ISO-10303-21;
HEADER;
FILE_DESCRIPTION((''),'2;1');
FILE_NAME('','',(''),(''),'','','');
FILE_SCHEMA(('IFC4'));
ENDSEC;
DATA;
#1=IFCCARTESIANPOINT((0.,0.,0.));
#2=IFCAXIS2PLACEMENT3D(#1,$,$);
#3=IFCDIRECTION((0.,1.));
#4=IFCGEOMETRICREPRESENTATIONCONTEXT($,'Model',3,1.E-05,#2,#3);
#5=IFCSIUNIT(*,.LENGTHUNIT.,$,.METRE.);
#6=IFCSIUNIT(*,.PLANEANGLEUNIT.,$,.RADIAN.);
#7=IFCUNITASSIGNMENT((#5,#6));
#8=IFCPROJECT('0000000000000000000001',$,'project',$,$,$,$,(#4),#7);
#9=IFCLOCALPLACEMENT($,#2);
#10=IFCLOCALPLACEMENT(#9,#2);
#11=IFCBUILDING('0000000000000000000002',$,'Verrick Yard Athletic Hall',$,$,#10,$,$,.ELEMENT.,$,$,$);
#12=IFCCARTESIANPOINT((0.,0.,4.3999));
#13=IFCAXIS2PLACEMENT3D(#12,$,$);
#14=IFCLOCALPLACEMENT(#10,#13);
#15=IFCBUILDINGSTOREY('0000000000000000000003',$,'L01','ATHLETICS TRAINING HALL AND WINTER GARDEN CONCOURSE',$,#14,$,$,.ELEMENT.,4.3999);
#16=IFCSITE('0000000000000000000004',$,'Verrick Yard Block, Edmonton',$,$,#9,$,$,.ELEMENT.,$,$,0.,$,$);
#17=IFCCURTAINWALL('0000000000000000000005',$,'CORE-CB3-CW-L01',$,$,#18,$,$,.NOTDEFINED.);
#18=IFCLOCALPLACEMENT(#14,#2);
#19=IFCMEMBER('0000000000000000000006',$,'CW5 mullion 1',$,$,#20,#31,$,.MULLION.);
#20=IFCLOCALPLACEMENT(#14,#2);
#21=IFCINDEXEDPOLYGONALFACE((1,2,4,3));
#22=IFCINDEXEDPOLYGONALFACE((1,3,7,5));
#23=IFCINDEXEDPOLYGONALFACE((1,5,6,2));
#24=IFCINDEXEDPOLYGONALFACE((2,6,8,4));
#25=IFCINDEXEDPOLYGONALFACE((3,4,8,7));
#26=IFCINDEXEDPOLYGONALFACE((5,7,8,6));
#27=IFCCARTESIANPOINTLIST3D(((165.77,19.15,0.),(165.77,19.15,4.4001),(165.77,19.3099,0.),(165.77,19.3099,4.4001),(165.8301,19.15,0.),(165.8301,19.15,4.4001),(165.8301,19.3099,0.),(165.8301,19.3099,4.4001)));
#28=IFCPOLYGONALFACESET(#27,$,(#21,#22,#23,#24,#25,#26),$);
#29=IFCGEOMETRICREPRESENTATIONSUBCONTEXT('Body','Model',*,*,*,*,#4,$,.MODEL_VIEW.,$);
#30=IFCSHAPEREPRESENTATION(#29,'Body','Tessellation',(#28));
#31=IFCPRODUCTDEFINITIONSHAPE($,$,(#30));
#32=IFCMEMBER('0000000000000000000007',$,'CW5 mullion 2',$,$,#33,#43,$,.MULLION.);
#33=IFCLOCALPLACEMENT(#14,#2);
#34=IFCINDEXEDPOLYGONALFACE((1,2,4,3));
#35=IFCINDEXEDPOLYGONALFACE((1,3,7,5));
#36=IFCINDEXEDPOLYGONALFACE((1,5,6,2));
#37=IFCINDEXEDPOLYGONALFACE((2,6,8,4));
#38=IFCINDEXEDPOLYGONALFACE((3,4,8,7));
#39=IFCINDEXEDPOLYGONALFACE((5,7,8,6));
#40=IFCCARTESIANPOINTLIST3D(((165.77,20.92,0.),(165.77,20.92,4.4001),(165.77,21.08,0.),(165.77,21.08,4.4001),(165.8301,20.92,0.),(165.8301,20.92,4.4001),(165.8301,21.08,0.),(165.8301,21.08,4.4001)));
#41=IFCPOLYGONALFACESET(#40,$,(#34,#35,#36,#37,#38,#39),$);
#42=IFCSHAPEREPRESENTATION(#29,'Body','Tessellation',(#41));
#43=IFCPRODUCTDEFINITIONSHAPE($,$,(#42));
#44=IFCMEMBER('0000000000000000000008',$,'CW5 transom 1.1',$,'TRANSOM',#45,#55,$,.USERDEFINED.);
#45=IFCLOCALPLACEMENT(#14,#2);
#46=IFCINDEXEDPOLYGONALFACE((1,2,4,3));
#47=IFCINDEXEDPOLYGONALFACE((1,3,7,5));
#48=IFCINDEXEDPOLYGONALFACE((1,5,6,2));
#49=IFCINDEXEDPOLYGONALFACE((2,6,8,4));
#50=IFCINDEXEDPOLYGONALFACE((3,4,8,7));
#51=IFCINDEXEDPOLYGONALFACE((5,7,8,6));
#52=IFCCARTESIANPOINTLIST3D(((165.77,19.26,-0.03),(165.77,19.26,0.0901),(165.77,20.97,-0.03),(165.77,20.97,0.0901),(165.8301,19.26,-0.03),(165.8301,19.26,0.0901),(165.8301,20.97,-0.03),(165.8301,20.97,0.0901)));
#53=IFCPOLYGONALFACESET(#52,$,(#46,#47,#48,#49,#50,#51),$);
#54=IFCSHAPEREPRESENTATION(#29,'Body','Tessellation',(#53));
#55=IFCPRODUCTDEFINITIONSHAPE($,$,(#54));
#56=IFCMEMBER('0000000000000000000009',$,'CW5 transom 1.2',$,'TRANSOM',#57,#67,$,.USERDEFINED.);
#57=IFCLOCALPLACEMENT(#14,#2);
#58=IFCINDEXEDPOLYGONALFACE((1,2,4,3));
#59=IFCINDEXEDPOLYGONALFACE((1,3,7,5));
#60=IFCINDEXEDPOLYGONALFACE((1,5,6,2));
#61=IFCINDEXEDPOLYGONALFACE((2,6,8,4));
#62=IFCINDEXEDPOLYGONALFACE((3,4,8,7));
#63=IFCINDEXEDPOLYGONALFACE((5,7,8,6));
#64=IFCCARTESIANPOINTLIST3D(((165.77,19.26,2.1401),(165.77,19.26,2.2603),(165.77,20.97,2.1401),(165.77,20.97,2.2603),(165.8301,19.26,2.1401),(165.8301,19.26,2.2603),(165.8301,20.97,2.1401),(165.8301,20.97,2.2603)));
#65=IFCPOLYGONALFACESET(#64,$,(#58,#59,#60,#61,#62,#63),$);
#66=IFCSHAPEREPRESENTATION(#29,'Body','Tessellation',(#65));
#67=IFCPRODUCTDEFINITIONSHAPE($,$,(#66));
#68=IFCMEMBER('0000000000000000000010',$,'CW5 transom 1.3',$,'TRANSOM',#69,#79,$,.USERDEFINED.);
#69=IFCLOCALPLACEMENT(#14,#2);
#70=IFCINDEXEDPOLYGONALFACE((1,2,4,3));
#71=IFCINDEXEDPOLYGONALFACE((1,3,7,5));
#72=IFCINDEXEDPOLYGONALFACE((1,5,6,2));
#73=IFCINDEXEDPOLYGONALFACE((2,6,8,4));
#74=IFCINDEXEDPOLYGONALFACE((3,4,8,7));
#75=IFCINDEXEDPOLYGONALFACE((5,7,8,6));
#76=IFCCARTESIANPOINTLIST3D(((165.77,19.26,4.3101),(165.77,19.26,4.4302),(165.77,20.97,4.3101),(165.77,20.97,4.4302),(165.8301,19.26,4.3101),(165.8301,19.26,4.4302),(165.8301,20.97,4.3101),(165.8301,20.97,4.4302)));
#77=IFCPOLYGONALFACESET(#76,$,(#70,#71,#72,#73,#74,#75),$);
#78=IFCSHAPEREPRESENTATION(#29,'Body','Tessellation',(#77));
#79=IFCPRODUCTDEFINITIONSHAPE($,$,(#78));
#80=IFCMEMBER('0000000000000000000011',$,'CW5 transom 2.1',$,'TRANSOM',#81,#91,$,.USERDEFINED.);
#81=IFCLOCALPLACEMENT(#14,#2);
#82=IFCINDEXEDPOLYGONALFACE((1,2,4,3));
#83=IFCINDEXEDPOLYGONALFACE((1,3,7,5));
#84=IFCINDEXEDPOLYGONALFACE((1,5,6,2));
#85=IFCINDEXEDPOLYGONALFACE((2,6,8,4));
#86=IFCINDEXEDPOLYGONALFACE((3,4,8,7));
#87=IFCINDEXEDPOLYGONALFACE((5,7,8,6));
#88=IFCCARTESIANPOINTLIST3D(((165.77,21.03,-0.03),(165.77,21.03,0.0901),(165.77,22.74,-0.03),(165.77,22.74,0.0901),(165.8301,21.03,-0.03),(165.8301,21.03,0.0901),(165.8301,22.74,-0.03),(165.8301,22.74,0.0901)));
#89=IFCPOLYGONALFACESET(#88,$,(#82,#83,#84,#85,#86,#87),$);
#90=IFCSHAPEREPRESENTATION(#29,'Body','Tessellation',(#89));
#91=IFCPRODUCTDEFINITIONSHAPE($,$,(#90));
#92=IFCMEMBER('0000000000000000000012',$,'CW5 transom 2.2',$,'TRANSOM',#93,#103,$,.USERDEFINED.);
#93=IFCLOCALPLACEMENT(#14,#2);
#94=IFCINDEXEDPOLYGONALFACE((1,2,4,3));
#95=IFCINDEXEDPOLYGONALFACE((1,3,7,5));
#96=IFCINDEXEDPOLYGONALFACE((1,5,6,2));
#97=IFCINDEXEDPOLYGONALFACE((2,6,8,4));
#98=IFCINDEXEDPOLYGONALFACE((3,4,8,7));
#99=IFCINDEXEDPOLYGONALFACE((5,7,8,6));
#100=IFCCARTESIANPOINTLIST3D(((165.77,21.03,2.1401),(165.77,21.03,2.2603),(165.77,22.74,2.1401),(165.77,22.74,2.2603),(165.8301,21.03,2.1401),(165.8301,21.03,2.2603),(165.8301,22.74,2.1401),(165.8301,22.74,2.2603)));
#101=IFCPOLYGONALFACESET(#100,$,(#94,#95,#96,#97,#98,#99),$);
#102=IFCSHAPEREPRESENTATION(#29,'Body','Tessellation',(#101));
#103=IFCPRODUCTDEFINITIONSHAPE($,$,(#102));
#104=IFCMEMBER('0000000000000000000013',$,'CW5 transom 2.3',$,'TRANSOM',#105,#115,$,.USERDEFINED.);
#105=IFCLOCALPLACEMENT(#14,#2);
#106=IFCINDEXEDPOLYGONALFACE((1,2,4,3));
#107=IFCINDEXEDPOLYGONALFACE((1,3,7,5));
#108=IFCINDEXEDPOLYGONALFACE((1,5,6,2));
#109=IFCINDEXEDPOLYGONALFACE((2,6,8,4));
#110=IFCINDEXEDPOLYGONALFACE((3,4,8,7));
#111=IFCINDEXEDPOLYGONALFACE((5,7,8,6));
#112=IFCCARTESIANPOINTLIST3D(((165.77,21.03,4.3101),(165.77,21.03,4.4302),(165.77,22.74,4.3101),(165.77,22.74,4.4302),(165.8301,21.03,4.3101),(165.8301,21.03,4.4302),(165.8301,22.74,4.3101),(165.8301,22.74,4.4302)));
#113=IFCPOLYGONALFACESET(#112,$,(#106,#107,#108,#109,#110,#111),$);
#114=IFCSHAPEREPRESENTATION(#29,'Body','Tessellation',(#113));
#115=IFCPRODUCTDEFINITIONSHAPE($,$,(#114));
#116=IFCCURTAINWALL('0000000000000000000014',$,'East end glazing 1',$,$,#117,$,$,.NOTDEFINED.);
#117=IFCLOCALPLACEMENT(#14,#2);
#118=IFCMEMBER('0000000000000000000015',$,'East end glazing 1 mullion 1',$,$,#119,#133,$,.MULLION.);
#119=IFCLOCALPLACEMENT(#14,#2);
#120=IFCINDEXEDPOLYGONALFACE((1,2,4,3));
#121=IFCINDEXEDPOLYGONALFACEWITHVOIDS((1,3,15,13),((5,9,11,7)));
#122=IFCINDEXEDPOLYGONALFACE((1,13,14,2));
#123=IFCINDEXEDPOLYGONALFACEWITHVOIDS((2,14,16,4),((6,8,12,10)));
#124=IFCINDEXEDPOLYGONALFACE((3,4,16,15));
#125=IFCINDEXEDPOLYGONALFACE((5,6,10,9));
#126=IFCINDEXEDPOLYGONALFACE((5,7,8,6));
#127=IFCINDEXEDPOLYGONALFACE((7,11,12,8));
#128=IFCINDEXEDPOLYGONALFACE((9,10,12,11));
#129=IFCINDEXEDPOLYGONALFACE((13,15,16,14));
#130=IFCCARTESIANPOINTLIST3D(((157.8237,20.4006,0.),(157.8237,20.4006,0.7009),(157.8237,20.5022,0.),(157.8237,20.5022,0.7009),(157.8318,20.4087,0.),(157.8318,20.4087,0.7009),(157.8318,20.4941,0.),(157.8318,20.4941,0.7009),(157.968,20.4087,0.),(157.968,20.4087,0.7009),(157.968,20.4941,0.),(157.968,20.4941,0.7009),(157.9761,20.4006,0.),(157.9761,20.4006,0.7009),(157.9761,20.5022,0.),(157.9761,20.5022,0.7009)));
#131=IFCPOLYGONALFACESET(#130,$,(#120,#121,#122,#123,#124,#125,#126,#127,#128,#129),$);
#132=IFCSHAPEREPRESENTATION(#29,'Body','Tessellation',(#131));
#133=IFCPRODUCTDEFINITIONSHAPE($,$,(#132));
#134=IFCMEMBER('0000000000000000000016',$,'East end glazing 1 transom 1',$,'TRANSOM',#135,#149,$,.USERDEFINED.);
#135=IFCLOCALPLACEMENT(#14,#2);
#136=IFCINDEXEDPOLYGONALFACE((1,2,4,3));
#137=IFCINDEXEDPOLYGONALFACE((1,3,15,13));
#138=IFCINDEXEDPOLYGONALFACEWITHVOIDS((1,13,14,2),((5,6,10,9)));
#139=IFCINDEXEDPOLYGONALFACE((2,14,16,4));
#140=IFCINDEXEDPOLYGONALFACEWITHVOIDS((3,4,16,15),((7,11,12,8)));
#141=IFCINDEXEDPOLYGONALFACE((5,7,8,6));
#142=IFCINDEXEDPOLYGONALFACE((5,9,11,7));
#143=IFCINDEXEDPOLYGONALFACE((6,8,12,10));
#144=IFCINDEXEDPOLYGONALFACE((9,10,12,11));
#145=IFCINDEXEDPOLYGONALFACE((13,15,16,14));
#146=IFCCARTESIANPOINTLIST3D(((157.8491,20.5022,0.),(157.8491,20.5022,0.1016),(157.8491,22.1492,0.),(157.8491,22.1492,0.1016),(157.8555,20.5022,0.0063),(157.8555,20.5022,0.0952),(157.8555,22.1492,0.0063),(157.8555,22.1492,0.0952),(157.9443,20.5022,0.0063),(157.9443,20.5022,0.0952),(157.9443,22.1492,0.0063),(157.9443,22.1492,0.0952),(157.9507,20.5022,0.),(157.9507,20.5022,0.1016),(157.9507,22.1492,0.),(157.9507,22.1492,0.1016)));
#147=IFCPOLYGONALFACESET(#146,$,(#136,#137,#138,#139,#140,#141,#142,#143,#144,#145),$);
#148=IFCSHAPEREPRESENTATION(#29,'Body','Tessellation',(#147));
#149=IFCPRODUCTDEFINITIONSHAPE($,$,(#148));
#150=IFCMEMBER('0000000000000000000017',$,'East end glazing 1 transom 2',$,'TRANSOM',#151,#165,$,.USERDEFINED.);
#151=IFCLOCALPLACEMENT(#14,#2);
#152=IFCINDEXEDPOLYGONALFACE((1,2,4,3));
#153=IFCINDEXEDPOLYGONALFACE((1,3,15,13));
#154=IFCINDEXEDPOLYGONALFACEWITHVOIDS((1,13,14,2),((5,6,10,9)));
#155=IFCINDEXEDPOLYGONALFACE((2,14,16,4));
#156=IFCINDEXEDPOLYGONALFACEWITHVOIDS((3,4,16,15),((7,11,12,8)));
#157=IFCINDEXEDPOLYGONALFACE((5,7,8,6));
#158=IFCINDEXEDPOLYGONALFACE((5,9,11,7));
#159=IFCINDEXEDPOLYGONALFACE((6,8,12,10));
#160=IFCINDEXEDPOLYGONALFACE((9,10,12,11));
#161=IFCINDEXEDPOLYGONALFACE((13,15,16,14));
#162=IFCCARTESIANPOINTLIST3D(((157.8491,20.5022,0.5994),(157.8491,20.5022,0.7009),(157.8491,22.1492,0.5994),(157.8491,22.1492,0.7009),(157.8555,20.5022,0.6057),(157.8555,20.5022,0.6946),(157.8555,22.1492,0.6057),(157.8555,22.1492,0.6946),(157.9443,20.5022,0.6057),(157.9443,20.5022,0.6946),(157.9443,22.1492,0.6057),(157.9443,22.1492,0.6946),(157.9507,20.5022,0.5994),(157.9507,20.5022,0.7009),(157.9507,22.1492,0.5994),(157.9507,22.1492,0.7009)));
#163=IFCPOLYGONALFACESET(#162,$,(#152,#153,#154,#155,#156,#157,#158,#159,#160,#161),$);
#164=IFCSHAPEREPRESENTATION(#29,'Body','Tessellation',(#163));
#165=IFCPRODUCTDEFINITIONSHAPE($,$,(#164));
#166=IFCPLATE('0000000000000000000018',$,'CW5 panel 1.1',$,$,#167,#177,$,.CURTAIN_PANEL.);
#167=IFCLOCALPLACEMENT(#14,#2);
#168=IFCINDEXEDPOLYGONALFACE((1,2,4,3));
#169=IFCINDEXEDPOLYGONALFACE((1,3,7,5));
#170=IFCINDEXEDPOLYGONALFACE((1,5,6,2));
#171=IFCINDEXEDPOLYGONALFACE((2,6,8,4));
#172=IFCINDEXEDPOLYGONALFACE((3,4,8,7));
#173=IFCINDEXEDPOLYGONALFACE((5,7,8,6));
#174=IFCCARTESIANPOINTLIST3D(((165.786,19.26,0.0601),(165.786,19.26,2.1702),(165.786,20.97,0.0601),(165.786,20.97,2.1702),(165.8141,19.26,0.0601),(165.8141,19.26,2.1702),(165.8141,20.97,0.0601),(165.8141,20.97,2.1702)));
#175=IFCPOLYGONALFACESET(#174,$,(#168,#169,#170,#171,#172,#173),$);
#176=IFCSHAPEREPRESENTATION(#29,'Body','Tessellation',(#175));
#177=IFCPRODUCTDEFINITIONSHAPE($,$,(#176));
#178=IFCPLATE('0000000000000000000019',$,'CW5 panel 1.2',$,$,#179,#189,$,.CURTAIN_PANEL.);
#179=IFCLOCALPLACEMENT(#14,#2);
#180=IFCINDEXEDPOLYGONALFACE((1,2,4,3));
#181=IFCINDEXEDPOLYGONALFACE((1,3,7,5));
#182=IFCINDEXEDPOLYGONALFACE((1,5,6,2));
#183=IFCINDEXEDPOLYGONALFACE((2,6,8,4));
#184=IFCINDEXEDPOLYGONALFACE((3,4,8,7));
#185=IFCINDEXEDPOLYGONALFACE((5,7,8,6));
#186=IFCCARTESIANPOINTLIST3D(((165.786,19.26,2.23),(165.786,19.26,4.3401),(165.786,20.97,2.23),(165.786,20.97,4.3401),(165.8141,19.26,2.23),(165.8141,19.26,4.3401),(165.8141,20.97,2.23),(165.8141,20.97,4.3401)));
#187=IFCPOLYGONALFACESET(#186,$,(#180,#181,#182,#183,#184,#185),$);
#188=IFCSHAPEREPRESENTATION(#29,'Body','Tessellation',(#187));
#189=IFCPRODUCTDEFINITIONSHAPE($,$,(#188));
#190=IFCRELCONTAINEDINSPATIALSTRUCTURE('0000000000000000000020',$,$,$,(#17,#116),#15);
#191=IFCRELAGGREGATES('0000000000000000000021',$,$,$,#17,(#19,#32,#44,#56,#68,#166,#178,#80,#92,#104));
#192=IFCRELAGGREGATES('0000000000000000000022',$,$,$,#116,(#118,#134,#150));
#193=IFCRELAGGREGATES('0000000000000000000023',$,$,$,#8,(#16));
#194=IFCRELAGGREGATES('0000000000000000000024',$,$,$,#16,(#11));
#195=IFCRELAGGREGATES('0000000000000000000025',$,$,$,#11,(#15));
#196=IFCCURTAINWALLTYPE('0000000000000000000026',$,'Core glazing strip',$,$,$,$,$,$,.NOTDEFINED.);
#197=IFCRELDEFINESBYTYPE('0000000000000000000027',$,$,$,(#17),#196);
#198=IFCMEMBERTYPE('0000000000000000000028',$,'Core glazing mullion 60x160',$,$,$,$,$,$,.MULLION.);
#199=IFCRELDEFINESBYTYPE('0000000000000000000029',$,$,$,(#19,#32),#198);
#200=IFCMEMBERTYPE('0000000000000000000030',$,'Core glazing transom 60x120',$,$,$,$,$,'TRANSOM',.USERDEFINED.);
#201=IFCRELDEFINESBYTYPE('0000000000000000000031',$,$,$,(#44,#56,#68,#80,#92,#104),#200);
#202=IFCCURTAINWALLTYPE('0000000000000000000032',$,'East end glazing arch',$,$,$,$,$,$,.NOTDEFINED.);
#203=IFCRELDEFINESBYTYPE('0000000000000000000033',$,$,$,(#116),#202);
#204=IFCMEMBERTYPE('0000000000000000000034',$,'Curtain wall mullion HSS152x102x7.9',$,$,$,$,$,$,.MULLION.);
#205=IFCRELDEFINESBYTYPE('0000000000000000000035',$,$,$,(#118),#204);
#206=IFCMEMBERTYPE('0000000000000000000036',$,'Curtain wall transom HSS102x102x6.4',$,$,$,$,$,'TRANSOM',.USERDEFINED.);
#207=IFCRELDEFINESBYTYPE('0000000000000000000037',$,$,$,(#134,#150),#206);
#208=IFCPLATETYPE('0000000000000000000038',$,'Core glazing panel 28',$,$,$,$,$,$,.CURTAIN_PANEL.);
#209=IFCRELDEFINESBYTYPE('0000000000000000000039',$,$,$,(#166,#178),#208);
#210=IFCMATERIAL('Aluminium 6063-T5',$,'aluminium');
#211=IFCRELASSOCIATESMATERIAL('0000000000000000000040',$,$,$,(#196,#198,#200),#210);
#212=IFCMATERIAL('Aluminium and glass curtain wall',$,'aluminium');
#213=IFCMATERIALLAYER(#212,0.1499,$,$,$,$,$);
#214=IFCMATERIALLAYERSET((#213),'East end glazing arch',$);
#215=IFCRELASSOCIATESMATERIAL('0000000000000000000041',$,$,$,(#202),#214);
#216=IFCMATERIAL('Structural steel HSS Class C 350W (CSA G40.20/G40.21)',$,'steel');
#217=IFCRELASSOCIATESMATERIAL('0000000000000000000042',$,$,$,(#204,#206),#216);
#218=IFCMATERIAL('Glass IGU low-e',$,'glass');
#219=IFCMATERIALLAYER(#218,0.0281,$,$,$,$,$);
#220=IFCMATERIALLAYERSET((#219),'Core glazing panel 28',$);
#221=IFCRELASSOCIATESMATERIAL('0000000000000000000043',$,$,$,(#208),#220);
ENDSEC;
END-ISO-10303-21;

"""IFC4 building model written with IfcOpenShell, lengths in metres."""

from ifc_helpers import new_model, si_unit, direction, frame, origin, origin_2d, place, context, subcontext, project, spatial, rectangle, hollow_rectangle, extrude, material, layer, layer_set, material_profile, profile_set, type_object, element, aggregate, save


model = new_model("IFC4")

# Units and contexts
model_context = context("Model", 3, precision=1e-05, world=origin(), true_north=direction((0.0, 1.0)))
body_context = subcontext(model_context, "Body", "Model", "MODEL_VIEW")
ifc_project = project(units=[si_unit("LENGTHUNIT", "METRE"), si_unit("PLANEANGLEUNIT", "RADIAN")], contexts=[model_context])

# Site, building, storey
site_placement = place(None, origin())
site = spatial("IfcSite", under=ifc_project, at=site_placement, Name="Verrick Yard Block, Edmonton", CompositionType="ELEMENT", RefElevation=0.0)
building_placement = place(site_placement, origin())
building = spatial("IfcBuilding", under=site, at=building_placement, Name="Verrick Yard Athletic Hall", CompositionType="ELEMENT")
storey_placement = place(building_placement, frame((0.0, 0.0, 4.3999)))
storey = spatial("IfcBuildingStorey", under=building, at=storey_placement, Name="L01", Description="ATHLETICS TRAINING HALL AND WINTER GARDEN CONCOURSE", CompositionType="ELEMENT", Elevation=4.3999)

# Curtain walls, members
ifc_material_1 = material(Name="Aluminium 6063-T5", Category="aluminium")
curtain_wall_type_1 = type_object("IfcCurtainWallType", Name="Core glazing strip", PredefinedType="NOTDEFINED", material=ifc_material_1)
curtain_wall_1_placement = place(storey_placement, origin())
curtain_wall_1 = element("IfcCurtainWall", 1, at=curtain_wall_1_placement, inside=storey, type_object=curtain_wall_type_1, Name="CORE-CB3-CW-L01", PredefinedType="NOTDEFINED")
ifc_material_profile_1 = material_profile(ifc_material_1, rectangle(XDim=0.0601, YDim=0.1599, at=origin_2d()), Name="Core glazing mullion 60x160")
ifc_profile_set_1 = profile_set([ifc_material_profile_1], Name="Aluminium 6063-T5")
member_type_1 = type_object("IfcMemberType", Name="Core glazing mullion 60x160", PredefinedType="MULLION", material=ifc_profile_set_1)
member_1_placement = place(storey_placement, frame((165.8, 19.23, 0.0), z_axis=(0.0, 0.0, 1.0), x_axis=(-1.0, 0.0, 0.0)))
member_1 = element("IfcMember", 2, at=member_1_placement, type_object=member_type_1, Name="CW5 mullion 1", PredefinedType="MULLION", context=body_context, shape_type="SweptSolid", body=[
    extrude(rectangle(XDim=0.0601, YDim=0.1599, at=origin_2d()), origin(), (0.0, 0.0, 1.0), 4.4001),
])
member_2_placement = place(storey_placement, frame((165.8, 21.0, 0.0), z_axis=(0.0, 0.0, 1.0), x_axis=(-1.0, 0.0, 0.0)))
member_2 = element("IfcMember", 3, at=member_2_placement, type_object=member_type_1, Name="CW5 mullion 2", PredefinedType="MULLION", context=body_context, shape_type="SweptSolid", body=[
    extrude(rectangle(XDim=0.0601, YDim=0.1599, at=origin_2d()), origin(), (0.0, 0.0, 1.0), 4.4001),
])
ifc_material_profile_2 = material_profile(ifc_material_1, rectangle(XDim=0.0601, YDim=0.1201, at=origin_2d()), Name="Core glazing transom 60x120")
ifc_profile_set_2 = profile_set([ifc_material_profile_2], Name="Aluminium 6063-T5")
member_type_2 = type_object("IfcMemberType", Name="Core glazing transom 60x120", ElementType="TRANSOM", PredefinedType="USERDEFINED", material=ifc_profile_set_2)
member_3_placement = place(storey_placement, frame((165.8, 19.26, 0.03), z_axis=(0.0, 1.0, 0.0), x_axis=(-1.0, 0.0, 0.0)))
member_3 = element("IfcMember", 4, at=member_3_placement, type_object=member_type_2, Name="CW5 transom 1.1", ObjectType="TRANSOM", PredefinedType="USERDEFINED", context=body_context, shape_type="SweptSolid", body=[
    extrude(rectangle(XDim=0.0601, YDim=0.1201, at=origin_2d()), origin(), (0.0, 0.0, 1.0), 1.71),
])
member_4_placement = place(storey_placement, frame((165.8, 19.26, 2.2002), z_axis=(0.0, 1.0, 0.0), x_axis=(-1.0, 0.0, 0.0)))
member_4 = element("IfcMember", 5, at=member_4_placement, type_object=member_type_2, Name="CW5 transom 1.2", ObjectType="TRANSOM", PredefinedType="USERDEFINED", context=body_context, shape_type="SweptSolid", body=[
    extrude(rectangle(XDim=0.0601, YDim=0.1201, at=origin_2d()), origin(), (0.0, 0.0, 1.0), 1.71),
])
member_5_placement = place(storey_placement, frame((165.8, 19.26, 4.3701), z_axis=(0.0, 1.0, 0.0), x_axis=(-1.0, 0.0, 0.0)))
member_5 = element("IfcMember", 6, at=member_5_placement, type_object=member_type_2, Name="CW5 transom 1.3", ObjectType="TRANSOM", PredefinedType="USERDEFINED", context=body_context, shape_type="SweptSolid", body=[
    extrude(rectangle(XDim=0.0601, YDim=0.1201, at=origin_2d()), origin(), (0.0, 0.0, 1.0), 1.71),
])
member_6_placement = place(storey_placement, frame((165.8, 21.03, 0.03), z_axis=(0.0, 1.0, 0.0), x_axis=(-1.0, 0.0, 0.0)))
member_6 = element("IfcMember", 7, at=member_6_placement, type_object=member_type_2, Name="CW5 transom 2.1", ObjectType="TRANSOM", PredefinedType="USERDEFINED", context=body_context, shape_type="SweptSolid", body=[
    extrude(rectangle(XDim=0.0601, YDim=0.1201, at=origin_2d()), origin(), (0.0, 0.0, 1.0), 1.71),
])
member_7_placement = place(storey_placement, frame((165.8, 21.03, 2.2002), z_axis=(0.0, 1.0, 0.0), x_axis=(-1.0, 0.0, 0.0)))
member_7 = element("IfcMember", 8, at=member_7_placement, type_object=member_type_2, Name="CW5 transom 2.2", ObjectType="TRANSOM", PredefinedType="USERDEFINED", context=body_context, shape_type="SweptSolid", body=[
    extrude(rectangle(XDim=0.0601, YDim=0.1201, at=origin_2d()), origin(), (0.0, 0.0, 1.0), 1.71),
])
member_8_placement = place(storey_placement, frame((165.8, 21.03, 4.3701), z_axis=(0.0, 1.0, 0.0), x_axis=(-1.0, 0.0, 0.0)))
member_8 = element("IfcMember", 9, at=member_8_placement, type_object=member_type_2, Name="CW5 transom 2.3", ObjectType="TRANSOM", PredefinedType="USERDEFINED", context=body_context, shape_type="SweptSolid", body=[
    extrude(rectangle(XDim=0.0601, YDim=0.1201, at=origin_2d()), origin(), (0.0, 0.0, 1.0), 1.71),
])
ifc_material_2 = material(Name="Aluminium and glass curtain wall", Category="aluminium")
ifc_layer_1 = layer(ifc_material_2, 0.1499)
ifc_layer_set_1 = layer_set([ifc_layer_1], Name="East end glazing arch")
curtain_wall_type_2 = type_object("IfcCurtainWallType", Name="East end glazing arch", PredefinedType="NOTDEFINED", material=ifc_layer_set_1)
curtain_wall_2_placement = place(storey_placement, origin())
curtain_wall_2 = element("IfcCurtainWall", 10, at=curtain_wall_2_placement, inside=storey, type_object=curtain_wall_type_2, Name="East end glazing 1", PredefinedType="NOTDEFINED")
ifc_material_3 = material(Name="Structural steel HSS Class C 350W (CSA G40.20/G40.21)", Category="steel")
ifc_material_profile_3 = material_profile(ifc_material_3, hollow_rectangle(XDim=0.1016, YDim=0.1523, WallThickness=0.0081, at=origin_2d()), Name="HSS152x102x7.9")
ifc_profile_set_3 = profile_set([ifc_material_profile_3], Name="Structural steel HSS Class C 350W (CSA G40.20/G40.21)")
member_type_3 = type_object("IfcMemberType", Name="Curtain wall mullion HSS152x102x7.9", PredefinedType="MULLION", material=ifc_profile_set_3)
member_9_placement = place(storey_placement, frame((157.8999, 20.4514, 0.0), z_axis=(0.0, 0.0, 1.0), x_axis=(0.0, 1.0, 0.0)))
member_9 = element("IfcMember", 11, at=member_9_placement, type_object=member_type_3, Name="East end glazing 1 mullion 1", PredefinedType="MULLION", context=body_context, shape_type="SweptSolid", body=[
    extrude(hollow_rectangle(XDim=0.1016, YDim=0.1523, WallThickness=0.0081, at=origin_2d()), origin(), (0.0, 0.0, 1.0), 0.7009),
])
ifc_material_profile_4 = material_profile(ifc_material_3, hollow_rectangle(XDim=0.1016, YDim=0.1016, WallThickness=0.0063, at=origin_2d()), Name="HSS102x102x6.4")
ifc_profile_set_4 = profile_set([ifc_material_profile_4], Name="Structural steel HSS Class C 350W (CSA G40.20/G40.21)")
member_type_4 = type_object("IfcMemberType", Name="Curtain wall transom HSS102x102x6.4", ElementType="TRANSOM", PredefinedType="USERDEFINED", material=ifc_profile_set_4)
member_10_placement = place(storey_placement, frame((157.8999, 20.5022, 0.0508), z_axis=(0.0, 1.0, 0.0), x_axis=(-1.0, 0.0, 0.0)))
member_10 = element("IfcMember", 12, at=member_10_placement, type_object=member_type_4, Name="East end glazing 1 transom 1", ObjectType="TRANSOM", PredefinedType="USERDEFINED", context=body_context, shape_type="SweptSolid", body=[
    extrude(hollow_rectangle(XDim=0.1016, YDim=0.1016, WallThickness=0.0063, at=origin_2d()), origin(), (0.0, 0.0, 1.0), 1.647),
])
member_11_placement = place(storey_placement, frame((157.8999, 20.5022, 0.6501), z_axis=(0.0, 1.0, 0.0), x_axis=(-1.0, 0.0, 0.0)))
member_11 = element("IfcMember", 13, at=member_11_placement, type_object=member_type_4, Name="East end glazing 1 transom 2", ObjectType="TRANSOM", PredefinedType="USERDEFINED", context=body_context, shape_type="SweptSolid", body=[
    extrude(hollow_rectangle(XDim=0.1016, YDim=0.1016, WallThickness=0.0063, at=origin_2d()), origin(), (0.0, 0.0, 1.0), 1.647),
])

# Plates
ifc_material_4 = material(Name="Glass IGU low-e", Category="glass")
ifc_layer_2 = layer(ifc_material_4, 0.0281)
ifc_layer_set_2 = layer_set([ifc_layer_2], Name="Core glazing panel 28")
plate_type_1 = type_object("IfcPlateType", Name="Core glazing panel 28", PredefinedType="CURTAIN_PANEL", material=ifc_layer_set_2)
plate_1_placement = place(storey_placement, frame((165.8, 20.115, 0.0601), z_axis=(0.0, 0.0, 1.0), x_axis=(0.0, 1.0, 0.0)))
plate_1 = element("IfcPlate", 14, at=plate_1_placement, type_object=plate_type_1, Name="CW5 panel 1.1", PredefinedType="CURTAIN_PANEL", context=body_context, shape_type="SweptSolid", body=[
    extrude(rectangle(XDim=1.71, YDim=0.0281, at=origin_2d()), origin(), (0.0, 0.0, 1.0), 2.1101),
])
plate_2_placement = place(storey_placement, frame((165.8, 20.115, 2.23), z_axis=(0.0, 0.0, 1.0), x_axis=(0.0, 1.0, 0.0)))
plate_2 = element("IfcPlate", 15, at=plate_2_placement, type_object=plate_type_1, Name="CW5 panel 1.2", PredefinedType="CURTAIN_PANEL", context=body_context, shape_type="SweptSolid", body=[
    extrude(rectangle(XDim=1.71, YDim=0.0281, at=origin_2d()), origin(), (0.0, 0.0, 1.0), 2.1101),
])
aggregate(curtain_wall_1, [member_1, member_2, member_3, member_4, member_5, plate_1, plate_2, member_6, member_7, member_8])
aggregate(curtain_wall_2, [member_9, member_10, member_11])

save(model, "model.ifc")
